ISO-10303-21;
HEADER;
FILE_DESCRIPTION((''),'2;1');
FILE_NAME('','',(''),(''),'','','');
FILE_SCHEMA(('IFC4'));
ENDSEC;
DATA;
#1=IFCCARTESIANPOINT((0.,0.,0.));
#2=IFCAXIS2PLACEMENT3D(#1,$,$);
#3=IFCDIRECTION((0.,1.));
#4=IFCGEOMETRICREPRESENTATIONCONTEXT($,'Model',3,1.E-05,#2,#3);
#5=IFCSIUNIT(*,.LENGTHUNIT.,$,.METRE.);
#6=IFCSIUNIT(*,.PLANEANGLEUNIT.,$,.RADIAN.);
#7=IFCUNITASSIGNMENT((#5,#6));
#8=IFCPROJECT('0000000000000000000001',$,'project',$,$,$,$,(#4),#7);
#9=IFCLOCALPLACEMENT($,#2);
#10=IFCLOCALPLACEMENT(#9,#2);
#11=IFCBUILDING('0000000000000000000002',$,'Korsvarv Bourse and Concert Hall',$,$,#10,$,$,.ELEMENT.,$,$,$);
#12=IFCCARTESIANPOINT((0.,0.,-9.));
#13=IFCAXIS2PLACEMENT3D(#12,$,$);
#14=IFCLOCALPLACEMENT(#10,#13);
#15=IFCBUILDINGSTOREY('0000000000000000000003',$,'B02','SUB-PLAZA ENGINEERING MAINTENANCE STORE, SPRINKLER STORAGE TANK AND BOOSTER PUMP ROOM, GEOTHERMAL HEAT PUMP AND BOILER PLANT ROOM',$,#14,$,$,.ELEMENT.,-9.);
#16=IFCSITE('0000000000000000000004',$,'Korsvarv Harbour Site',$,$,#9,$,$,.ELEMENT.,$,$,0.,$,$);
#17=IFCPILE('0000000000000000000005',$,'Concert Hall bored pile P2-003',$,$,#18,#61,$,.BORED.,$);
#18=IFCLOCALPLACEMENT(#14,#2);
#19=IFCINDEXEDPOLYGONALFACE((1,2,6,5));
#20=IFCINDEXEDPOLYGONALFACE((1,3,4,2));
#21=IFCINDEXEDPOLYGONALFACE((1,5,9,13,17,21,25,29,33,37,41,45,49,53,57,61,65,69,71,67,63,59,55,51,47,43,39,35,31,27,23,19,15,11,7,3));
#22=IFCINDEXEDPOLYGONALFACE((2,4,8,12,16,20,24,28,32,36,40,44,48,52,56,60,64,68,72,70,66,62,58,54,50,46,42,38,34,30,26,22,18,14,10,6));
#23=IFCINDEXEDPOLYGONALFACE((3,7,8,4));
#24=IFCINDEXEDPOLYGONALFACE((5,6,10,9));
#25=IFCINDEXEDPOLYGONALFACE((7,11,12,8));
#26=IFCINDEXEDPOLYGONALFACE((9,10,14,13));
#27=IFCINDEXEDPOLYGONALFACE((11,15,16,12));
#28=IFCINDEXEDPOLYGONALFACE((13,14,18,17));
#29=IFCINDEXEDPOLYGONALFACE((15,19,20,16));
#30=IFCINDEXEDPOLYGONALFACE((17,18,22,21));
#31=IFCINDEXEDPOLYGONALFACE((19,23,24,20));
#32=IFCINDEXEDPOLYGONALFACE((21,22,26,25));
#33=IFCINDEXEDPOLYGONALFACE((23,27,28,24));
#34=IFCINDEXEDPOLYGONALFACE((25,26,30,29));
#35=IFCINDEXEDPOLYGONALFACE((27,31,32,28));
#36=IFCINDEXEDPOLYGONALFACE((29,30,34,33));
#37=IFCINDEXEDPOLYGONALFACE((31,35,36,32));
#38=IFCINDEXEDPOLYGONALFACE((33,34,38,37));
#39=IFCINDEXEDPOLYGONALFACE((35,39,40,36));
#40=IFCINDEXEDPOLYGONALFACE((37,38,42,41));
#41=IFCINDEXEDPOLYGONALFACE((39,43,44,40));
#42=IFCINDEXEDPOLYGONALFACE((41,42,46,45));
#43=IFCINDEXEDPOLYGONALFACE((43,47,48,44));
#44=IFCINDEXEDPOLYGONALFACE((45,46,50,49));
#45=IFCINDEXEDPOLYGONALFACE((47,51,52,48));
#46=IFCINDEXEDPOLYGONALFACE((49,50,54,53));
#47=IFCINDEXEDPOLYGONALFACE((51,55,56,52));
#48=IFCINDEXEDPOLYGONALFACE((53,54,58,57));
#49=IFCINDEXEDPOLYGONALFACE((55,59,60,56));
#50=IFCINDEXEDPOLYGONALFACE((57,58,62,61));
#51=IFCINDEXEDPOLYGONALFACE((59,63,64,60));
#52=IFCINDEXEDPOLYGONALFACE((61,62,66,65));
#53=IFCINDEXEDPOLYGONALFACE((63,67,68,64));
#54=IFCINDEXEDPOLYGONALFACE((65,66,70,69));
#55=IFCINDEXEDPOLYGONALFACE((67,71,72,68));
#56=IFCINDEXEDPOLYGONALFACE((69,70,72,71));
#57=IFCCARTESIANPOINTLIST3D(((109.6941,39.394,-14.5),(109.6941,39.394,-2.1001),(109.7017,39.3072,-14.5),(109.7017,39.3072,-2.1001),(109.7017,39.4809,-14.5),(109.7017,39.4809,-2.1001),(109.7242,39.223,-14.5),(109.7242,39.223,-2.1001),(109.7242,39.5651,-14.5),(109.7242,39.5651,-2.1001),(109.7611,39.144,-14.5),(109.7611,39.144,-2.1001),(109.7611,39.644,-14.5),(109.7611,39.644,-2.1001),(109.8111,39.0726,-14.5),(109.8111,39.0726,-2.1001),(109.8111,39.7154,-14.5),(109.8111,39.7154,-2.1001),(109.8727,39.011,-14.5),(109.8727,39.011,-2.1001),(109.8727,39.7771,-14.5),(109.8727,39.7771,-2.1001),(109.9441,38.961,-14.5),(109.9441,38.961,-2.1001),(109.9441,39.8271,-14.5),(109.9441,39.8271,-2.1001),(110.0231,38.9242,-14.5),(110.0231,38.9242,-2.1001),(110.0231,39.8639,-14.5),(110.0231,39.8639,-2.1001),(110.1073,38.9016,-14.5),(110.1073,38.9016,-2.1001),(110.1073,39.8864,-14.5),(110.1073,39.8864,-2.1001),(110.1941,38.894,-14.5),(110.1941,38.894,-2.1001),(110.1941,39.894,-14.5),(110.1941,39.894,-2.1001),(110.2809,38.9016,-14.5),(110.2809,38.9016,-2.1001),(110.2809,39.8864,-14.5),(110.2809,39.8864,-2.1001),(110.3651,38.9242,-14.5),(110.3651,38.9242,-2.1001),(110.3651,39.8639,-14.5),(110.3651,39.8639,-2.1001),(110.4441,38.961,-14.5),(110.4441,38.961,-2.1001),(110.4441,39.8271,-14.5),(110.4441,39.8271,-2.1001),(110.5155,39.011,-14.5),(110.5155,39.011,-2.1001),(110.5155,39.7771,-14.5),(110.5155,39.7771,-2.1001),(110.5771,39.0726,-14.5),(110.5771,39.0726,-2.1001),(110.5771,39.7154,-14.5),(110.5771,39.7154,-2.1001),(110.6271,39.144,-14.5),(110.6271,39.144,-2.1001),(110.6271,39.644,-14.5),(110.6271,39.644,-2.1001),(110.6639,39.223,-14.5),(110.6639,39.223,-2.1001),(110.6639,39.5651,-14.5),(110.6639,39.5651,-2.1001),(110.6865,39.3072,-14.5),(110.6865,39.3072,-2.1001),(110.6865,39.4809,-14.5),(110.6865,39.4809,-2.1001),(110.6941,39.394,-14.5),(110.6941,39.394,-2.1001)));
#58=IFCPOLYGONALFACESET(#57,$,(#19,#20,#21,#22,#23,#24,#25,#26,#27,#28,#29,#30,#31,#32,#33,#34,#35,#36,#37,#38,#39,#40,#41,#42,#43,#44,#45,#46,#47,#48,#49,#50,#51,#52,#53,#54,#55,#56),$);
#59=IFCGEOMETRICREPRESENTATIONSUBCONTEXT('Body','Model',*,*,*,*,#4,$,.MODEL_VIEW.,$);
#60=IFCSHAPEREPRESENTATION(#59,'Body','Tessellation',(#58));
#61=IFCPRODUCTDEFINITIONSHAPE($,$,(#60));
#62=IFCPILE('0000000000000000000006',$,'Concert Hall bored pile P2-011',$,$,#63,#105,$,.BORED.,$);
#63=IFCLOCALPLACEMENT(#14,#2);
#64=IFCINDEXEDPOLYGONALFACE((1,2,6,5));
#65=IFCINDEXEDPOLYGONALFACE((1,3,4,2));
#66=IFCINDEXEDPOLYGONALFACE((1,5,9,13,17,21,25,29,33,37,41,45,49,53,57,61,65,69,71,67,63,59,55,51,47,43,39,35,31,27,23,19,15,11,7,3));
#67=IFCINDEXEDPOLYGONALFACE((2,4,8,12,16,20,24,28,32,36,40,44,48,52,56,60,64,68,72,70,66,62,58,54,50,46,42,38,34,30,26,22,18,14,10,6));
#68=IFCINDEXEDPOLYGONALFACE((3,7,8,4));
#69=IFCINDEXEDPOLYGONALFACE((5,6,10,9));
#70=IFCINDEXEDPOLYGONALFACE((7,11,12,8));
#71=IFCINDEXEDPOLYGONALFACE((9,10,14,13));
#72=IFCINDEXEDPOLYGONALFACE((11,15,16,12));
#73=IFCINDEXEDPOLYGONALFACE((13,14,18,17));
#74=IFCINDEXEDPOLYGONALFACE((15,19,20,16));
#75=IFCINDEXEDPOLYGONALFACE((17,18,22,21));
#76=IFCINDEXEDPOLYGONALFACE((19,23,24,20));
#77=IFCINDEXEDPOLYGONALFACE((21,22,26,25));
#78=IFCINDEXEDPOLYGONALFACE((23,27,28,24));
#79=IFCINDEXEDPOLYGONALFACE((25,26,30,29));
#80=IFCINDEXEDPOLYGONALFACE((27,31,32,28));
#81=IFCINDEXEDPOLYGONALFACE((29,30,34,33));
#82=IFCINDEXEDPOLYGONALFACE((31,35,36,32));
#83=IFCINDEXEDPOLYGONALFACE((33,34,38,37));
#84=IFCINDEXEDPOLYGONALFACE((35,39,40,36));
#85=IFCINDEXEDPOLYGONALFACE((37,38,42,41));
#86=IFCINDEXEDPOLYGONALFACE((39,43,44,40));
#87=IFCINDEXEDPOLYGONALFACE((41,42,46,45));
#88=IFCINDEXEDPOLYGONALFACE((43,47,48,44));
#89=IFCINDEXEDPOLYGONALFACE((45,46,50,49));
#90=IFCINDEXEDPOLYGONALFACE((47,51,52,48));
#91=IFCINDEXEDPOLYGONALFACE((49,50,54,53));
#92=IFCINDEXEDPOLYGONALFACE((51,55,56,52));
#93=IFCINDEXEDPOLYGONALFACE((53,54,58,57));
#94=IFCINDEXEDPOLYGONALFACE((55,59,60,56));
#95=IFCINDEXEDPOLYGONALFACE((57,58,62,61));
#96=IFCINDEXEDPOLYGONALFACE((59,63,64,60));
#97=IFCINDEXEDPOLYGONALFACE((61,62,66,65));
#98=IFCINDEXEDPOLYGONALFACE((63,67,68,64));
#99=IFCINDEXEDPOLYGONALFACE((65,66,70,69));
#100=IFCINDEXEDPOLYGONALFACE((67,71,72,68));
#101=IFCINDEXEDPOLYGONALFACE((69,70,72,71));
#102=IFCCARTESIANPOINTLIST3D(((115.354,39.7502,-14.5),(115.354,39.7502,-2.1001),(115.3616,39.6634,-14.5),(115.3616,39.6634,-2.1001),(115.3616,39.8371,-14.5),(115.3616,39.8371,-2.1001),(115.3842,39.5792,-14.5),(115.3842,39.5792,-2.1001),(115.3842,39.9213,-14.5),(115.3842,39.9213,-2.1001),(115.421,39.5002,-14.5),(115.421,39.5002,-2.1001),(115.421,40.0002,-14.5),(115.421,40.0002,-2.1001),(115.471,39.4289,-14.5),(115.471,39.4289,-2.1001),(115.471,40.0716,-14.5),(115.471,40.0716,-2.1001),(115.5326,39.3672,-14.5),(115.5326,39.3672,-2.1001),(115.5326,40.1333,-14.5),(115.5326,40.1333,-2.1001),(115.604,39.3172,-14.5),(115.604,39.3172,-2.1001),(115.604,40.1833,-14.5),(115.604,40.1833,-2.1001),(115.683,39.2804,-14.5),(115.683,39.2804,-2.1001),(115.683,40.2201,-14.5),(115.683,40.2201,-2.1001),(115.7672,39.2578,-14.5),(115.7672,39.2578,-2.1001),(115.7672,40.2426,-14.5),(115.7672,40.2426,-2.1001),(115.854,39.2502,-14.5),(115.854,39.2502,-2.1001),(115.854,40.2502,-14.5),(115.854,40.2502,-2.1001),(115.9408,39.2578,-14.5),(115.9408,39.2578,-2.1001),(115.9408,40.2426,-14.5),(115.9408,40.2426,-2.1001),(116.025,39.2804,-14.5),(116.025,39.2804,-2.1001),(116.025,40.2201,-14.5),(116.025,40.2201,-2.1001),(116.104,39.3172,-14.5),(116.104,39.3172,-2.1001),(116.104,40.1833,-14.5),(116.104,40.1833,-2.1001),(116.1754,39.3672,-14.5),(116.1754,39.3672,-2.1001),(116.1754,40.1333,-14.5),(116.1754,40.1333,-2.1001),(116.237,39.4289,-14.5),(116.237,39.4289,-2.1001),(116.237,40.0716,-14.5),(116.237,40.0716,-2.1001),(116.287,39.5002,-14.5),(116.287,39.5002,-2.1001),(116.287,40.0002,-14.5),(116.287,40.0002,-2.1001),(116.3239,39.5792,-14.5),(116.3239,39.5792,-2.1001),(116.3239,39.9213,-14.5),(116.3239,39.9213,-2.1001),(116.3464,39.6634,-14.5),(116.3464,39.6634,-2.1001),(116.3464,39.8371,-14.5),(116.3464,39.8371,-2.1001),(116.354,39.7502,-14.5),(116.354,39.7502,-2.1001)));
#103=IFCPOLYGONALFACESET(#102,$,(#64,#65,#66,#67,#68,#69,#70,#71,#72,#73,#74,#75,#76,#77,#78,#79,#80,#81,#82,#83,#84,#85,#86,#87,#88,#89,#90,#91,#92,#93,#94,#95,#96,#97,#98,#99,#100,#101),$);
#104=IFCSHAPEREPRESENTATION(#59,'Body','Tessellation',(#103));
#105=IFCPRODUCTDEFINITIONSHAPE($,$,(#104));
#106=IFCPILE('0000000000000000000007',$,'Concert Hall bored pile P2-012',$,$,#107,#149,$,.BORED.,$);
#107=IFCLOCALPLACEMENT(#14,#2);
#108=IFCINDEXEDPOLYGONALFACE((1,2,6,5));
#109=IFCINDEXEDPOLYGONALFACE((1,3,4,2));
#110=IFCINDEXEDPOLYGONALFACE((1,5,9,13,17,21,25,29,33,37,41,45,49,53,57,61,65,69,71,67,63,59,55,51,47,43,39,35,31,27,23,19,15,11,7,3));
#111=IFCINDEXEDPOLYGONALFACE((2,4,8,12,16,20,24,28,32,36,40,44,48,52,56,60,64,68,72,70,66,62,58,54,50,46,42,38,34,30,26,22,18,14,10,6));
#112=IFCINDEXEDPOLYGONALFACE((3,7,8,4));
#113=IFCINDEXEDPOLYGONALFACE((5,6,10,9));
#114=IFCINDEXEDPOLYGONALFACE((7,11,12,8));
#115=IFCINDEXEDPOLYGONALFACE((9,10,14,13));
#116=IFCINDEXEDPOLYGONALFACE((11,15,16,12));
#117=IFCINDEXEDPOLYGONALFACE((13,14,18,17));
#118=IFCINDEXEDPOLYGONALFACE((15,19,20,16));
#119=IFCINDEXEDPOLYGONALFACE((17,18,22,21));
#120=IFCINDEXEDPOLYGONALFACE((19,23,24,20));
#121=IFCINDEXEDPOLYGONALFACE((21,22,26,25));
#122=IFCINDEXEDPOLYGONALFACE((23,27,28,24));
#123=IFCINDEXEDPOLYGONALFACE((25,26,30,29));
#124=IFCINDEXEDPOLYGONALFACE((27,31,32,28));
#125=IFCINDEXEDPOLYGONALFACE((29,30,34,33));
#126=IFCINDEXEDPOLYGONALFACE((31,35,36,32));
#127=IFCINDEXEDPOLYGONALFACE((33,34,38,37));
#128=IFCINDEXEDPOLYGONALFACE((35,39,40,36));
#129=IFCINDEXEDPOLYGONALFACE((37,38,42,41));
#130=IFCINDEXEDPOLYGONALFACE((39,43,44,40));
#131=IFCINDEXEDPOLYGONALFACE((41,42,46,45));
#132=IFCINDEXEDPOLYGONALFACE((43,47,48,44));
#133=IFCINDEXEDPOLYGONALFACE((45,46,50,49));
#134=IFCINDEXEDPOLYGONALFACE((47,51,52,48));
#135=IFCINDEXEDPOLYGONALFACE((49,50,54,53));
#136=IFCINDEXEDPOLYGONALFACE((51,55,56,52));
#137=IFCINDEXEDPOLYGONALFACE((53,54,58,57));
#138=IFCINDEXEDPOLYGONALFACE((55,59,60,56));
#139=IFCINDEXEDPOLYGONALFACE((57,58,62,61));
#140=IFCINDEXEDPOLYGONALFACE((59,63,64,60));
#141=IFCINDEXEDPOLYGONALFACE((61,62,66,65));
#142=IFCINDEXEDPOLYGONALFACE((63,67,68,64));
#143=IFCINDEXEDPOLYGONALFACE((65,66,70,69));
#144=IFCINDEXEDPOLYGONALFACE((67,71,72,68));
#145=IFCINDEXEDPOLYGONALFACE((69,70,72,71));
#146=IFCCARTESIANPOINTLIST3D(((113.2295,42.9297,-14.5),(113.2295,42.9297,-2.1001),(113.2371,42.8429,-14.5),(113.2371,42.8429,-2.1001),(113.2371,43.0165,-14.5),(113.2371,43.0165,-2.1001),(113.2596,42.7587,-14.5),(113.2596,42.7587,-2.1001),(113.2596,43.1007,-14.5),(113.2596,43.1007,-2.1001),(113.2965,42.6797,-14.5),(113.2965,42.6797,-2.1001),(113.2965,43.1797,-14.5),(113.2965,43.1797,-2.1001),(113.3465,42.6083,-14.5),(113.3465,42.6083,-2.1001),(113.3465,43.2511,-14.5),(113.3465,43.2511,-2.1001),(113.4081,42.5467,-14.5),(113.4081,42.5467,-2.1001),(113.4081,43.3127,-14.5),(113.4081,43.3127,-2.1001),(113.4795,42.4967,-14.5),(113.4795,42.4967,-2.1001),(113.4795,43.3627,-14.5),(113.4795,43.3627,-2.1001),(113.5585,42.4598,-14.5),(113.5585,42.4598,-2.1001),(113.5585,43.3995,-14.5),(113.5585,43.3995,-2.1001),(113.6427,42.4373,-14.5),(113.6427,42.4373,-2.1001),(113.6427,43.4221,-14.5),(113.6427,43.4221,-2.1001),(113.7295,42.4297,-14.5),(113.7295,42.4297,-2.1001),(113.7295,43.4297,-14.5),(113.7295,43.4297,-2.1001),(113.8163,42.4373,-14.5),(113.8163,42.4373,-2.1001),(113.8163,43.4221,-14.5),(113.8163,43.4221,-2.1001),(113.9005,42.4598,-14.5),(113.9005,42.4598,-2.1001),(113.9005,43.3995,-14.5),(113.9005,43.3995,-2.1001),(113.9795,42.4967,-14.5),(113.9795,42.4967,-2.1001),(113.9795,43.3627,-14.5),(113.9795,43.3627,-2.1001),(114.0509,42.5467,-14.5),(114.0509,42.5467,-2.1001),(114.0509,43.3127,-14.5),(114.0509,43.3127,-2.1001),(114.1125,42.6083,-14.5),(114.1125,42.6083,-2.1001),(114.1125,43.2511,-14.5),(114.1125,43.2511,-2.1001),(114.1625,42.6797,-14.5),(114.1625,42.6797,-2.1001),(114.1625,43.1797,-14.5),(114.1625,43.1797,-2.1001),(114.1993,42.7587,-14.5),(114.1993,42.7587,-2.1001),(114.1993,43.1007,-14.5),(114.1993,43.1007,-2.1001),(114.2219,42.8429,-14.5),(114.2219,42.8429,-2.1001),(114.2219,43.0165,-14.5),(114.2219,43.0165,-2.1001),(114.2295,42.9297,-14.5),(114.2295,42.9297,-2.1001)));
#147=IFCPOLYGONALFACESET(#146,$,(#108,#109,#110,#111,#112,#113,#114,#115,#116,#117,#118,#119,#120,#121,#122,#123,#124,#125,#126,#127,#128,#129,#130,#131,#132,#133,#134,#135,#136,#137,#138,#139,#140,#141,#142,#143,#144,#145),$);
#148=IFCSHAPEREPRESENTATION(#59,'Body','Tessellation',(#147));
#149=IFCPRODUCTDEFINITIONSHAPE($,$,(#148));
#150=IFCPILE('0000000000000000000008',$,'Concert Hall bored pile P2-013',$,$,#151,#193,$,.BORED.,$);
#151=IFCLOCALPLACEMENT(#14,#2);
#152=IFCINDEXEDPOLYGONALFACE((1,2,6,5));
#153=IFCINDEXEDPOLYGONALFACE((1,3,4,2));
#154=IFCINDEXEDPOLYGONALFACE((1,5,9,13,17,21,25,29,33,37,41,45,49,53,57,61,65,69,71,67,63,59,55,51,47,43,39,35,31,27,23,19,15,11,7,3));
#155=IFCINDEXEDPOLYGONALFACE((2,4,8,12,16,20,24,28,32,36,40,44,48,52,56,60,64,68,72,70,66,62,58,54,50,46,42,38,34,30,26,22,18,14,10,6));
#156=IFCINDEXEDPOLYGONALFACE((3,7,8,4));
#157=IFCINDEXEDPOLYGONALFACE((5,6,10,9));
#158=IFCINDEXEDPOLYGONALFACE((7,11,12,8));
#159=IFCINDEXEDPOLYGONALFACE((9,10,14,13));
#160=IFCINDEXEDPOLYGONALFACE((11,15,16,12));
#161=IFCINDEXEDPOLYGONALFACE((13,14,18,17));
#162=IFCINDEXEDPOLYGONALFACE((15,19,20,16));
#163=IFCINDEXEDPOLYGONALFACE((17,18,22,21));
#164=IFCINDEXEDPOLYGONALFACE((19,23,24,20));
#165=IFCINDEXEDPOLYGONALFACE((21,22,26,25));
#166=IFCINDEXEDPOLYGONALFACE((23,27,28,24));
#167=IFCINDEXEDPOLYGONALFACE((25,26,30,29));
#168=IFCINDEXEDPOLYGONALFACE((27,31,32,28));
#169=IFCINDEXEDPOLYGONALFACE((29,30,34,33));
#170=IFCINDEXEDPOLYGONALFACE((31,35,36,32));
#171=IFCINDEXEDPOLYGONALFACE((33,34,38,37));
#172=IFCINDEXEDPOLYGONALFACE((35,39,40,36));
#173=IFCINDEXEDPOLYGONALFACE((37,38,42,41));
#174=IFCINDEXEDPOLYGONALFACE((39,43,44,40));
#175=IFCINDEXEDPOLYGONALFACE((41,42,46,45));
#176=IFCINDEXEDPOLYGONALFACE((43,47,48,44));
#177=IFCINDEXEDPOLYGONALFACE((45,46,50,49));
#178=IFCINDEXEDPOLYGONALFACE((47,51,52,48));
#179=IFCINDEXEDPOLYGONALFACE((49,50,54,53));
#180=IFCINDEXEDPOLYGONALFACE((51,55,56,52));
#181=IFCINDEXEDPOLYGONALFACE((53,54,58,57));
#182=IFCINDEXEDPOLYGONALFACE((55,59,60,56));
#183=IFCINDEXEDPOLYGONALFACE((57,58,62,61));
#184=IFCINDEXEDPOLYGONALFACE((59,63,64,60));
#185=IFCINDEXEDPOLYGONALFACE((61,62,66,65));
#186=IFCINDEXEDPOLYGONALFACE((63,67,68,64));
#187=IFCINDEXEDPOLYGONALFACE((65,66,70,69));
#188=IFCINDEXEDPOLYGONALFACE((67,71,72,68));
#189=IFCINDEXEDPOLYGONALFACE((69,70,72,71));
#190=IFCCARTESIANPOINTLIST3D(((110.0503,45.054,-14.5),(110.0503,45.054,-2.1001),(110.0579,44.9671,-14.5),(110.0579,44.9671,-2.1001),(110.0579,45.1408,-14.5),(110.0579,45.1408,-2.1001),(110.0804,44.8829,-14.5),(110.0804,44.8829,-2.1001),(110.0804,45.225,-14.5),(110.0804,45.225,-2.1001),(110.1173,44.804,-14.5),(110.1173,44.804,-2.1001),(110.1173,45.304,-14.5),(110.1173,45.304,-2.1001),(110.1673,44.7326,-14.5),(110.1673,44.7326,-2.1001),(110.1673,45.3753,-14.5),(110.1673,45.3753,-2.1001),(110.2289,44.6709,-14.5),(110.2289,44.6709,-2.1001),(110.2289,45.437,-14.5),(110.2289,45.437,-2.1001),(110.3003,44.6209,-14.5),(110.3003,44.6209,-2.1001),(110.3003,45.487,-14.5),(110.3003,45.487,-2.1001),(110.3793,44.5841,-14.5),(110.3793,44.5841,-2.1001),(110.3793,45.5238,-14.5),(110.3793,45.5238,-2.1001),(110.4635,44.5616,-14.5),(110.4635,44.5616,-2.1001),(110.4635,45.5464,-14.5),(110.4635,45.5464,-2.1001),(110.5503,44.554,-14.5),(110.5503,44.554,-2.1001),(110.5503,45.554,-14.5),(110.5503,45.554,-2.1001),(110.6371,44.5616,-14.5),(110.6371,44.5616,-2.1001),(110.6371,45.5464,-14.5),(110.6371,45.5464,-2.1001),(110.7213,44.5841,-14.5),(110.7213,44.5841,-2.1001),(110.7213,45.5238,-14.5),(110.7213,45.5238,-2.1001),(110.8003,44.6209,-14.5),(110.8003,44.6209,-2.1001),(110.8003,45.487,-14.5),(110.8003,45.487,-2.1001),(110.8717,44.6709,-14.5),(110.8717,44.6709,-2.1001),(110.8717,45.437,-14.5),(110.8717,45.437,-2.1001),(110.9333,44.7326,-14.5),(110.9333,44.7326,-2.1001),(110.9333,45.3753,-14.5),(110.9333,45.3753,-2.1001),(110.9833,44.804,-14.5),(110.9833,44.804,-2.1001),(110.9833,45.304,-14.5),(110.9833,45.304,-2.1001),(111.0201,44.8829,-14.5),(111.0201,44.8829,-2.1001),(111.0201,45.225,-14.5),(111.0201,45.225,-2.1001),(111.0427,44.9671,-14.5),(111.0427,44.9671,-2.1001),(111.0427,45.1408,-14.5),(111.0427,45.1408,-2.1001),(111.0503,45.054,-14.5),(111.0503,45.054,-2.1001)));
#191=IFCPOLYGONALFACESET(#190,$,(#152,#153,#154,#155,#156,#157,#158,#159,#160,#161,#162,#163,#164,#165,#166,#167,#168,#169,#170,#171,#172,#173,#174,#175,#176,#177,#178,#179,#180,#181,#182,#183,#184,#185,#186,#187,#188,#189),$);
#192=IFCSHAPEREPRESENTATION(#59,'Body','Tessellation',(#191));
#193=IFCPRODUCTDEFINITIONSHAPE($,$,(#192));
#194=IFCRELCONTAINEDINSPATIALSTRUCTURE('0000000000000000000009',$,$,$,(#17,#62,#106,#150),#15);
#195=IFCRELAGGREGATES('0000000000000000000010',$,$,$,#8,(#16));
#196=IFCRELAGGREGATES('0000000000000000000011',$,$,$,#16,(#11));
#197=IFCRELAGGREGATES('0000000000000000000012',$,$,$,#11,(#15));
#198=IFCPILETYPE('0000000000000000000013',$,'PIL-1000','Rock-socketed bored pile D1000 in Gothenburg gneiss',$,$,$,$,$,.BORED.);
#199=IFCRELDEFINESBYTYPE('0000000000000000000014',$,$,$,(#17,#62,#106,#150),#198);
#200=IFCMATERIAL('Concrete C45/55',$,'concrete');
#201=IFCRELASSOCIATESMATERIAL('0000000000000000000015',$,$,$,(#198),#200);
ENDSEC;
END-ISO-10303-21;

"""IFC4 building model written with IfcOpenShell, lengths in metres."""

from ifc_helpers import new_model, si_unit, direction, frame, origin, origin_2d, place, context, subcontext, project, spatial, circle, extrude, source, transform, mapped, material, material_profile, profile_set, type_object, element, save


model = new_model("IFC4")

# Units and contexts
model_context = context("Model", 3, precision=1e-05, world=origin(), true_north=direction((0.0, 1.0)))
body_context = subcontext(model_context, "Body", "Model", "MODEL_VIEW")
ifc_project = project(units=[si_unit("LENGTHUNIT", "METRE"), si_unit("PLANEANGLEUNIT", "RADIAN")], contexts=[model_context])

# Site, building, storey
site_placement = place(None, origin())
site = spatial("IfcSite", under=ifc_project, at=site_placement, Name="Korsvarv Harbour Site", CompositionType="ELEMENT", RefElevation=0.0)
building_placement = place(site_placement, origin())
building = spatial("IfcBuilding", under=site, at=building_placement, Name="Korsvarv Bourse and Concert Hall", CompositionType="ELEMENT")
storey_placement = place(building_placement, frame((0.0, 0.0, -9.0)))
storey = spatial("IfcBuildingStorey", under=building, at=storey_placement, Name="B02", Description="SUB-PLAZA ENGINEERING MAINTENANCE STORE, SPRINKLER STORAGE TANK AND BOOSTER PUMP ROOM, GEOTHERMAL HEAT PUMP AND BOILER PLANT ROOM", CompositionType="ELEMENT", Elevation=-9.0)

# Piles
ifc_material_1 = material(Name="Concrete C45/55", Category="concrete")
ifc_material_profile_1 = material_profile(ifc_material_1, circle(Radius=0.5, at=origin_2d()), Name="PILE D1000")
ifc_profile_set_1 = profile_set([ifc_material_profile_1], Name="Concrete C45/55")
pile_type = type_object("IfcPileType", Name="PIL-1000", Description="Rock-socketed bored pile D1000 in Gothenburg gneiss", PredefinedType="BORED", material=ifc_profile_set_1)
shared_shape_1 = source(origin(), body_context, "Body", "SweptSolid", [
    extrude(circle(Radius=0.5, at=origin_2d()), origin(), (0.0, 0.0, 1.0), 12.3999),
])
for number, where, z_axis, x_axis, name in (
    (1, (110.1941, 39.394, -2.1001), (0.0, 0.0, -1.0), (1.0, 0.0, 0.0), "Concert Hall bored pile P2-003"),
    (2, (115.854, 39.7502, -2.1001), (0.0, 0.0, -1.0), (1.0, 0.0, 0.0), "Concert Hall bored pile P2-011"),
    (3, (113.7295, 42.9297, -2.1001), (0.0, 0.0, -1.0), (1.0, 0.0, 0.0), "Concert Hall bored pile P2-012"),
    (4, (110.5503, 45.054, -2.1001), (0.0, 0.0, -1.0), (1.0, 0.0, 0.0), "Concert Hall bored pile P2-013"),
):
    element("IfcPile", number, at=place(storey_placement, frame(where, z_axis=z_axis, x_axis=x_axis)), inside=storey, type_object=pile_type, Name=name, PredefinedType="BORED", context=body_context, shape_type="MappedRepresentation", body=[
        mapped(shared_shape_1, transform((0.0, 0.0, 0.0), scale=1.0)),
    ])

save(model, "model.ifc")
